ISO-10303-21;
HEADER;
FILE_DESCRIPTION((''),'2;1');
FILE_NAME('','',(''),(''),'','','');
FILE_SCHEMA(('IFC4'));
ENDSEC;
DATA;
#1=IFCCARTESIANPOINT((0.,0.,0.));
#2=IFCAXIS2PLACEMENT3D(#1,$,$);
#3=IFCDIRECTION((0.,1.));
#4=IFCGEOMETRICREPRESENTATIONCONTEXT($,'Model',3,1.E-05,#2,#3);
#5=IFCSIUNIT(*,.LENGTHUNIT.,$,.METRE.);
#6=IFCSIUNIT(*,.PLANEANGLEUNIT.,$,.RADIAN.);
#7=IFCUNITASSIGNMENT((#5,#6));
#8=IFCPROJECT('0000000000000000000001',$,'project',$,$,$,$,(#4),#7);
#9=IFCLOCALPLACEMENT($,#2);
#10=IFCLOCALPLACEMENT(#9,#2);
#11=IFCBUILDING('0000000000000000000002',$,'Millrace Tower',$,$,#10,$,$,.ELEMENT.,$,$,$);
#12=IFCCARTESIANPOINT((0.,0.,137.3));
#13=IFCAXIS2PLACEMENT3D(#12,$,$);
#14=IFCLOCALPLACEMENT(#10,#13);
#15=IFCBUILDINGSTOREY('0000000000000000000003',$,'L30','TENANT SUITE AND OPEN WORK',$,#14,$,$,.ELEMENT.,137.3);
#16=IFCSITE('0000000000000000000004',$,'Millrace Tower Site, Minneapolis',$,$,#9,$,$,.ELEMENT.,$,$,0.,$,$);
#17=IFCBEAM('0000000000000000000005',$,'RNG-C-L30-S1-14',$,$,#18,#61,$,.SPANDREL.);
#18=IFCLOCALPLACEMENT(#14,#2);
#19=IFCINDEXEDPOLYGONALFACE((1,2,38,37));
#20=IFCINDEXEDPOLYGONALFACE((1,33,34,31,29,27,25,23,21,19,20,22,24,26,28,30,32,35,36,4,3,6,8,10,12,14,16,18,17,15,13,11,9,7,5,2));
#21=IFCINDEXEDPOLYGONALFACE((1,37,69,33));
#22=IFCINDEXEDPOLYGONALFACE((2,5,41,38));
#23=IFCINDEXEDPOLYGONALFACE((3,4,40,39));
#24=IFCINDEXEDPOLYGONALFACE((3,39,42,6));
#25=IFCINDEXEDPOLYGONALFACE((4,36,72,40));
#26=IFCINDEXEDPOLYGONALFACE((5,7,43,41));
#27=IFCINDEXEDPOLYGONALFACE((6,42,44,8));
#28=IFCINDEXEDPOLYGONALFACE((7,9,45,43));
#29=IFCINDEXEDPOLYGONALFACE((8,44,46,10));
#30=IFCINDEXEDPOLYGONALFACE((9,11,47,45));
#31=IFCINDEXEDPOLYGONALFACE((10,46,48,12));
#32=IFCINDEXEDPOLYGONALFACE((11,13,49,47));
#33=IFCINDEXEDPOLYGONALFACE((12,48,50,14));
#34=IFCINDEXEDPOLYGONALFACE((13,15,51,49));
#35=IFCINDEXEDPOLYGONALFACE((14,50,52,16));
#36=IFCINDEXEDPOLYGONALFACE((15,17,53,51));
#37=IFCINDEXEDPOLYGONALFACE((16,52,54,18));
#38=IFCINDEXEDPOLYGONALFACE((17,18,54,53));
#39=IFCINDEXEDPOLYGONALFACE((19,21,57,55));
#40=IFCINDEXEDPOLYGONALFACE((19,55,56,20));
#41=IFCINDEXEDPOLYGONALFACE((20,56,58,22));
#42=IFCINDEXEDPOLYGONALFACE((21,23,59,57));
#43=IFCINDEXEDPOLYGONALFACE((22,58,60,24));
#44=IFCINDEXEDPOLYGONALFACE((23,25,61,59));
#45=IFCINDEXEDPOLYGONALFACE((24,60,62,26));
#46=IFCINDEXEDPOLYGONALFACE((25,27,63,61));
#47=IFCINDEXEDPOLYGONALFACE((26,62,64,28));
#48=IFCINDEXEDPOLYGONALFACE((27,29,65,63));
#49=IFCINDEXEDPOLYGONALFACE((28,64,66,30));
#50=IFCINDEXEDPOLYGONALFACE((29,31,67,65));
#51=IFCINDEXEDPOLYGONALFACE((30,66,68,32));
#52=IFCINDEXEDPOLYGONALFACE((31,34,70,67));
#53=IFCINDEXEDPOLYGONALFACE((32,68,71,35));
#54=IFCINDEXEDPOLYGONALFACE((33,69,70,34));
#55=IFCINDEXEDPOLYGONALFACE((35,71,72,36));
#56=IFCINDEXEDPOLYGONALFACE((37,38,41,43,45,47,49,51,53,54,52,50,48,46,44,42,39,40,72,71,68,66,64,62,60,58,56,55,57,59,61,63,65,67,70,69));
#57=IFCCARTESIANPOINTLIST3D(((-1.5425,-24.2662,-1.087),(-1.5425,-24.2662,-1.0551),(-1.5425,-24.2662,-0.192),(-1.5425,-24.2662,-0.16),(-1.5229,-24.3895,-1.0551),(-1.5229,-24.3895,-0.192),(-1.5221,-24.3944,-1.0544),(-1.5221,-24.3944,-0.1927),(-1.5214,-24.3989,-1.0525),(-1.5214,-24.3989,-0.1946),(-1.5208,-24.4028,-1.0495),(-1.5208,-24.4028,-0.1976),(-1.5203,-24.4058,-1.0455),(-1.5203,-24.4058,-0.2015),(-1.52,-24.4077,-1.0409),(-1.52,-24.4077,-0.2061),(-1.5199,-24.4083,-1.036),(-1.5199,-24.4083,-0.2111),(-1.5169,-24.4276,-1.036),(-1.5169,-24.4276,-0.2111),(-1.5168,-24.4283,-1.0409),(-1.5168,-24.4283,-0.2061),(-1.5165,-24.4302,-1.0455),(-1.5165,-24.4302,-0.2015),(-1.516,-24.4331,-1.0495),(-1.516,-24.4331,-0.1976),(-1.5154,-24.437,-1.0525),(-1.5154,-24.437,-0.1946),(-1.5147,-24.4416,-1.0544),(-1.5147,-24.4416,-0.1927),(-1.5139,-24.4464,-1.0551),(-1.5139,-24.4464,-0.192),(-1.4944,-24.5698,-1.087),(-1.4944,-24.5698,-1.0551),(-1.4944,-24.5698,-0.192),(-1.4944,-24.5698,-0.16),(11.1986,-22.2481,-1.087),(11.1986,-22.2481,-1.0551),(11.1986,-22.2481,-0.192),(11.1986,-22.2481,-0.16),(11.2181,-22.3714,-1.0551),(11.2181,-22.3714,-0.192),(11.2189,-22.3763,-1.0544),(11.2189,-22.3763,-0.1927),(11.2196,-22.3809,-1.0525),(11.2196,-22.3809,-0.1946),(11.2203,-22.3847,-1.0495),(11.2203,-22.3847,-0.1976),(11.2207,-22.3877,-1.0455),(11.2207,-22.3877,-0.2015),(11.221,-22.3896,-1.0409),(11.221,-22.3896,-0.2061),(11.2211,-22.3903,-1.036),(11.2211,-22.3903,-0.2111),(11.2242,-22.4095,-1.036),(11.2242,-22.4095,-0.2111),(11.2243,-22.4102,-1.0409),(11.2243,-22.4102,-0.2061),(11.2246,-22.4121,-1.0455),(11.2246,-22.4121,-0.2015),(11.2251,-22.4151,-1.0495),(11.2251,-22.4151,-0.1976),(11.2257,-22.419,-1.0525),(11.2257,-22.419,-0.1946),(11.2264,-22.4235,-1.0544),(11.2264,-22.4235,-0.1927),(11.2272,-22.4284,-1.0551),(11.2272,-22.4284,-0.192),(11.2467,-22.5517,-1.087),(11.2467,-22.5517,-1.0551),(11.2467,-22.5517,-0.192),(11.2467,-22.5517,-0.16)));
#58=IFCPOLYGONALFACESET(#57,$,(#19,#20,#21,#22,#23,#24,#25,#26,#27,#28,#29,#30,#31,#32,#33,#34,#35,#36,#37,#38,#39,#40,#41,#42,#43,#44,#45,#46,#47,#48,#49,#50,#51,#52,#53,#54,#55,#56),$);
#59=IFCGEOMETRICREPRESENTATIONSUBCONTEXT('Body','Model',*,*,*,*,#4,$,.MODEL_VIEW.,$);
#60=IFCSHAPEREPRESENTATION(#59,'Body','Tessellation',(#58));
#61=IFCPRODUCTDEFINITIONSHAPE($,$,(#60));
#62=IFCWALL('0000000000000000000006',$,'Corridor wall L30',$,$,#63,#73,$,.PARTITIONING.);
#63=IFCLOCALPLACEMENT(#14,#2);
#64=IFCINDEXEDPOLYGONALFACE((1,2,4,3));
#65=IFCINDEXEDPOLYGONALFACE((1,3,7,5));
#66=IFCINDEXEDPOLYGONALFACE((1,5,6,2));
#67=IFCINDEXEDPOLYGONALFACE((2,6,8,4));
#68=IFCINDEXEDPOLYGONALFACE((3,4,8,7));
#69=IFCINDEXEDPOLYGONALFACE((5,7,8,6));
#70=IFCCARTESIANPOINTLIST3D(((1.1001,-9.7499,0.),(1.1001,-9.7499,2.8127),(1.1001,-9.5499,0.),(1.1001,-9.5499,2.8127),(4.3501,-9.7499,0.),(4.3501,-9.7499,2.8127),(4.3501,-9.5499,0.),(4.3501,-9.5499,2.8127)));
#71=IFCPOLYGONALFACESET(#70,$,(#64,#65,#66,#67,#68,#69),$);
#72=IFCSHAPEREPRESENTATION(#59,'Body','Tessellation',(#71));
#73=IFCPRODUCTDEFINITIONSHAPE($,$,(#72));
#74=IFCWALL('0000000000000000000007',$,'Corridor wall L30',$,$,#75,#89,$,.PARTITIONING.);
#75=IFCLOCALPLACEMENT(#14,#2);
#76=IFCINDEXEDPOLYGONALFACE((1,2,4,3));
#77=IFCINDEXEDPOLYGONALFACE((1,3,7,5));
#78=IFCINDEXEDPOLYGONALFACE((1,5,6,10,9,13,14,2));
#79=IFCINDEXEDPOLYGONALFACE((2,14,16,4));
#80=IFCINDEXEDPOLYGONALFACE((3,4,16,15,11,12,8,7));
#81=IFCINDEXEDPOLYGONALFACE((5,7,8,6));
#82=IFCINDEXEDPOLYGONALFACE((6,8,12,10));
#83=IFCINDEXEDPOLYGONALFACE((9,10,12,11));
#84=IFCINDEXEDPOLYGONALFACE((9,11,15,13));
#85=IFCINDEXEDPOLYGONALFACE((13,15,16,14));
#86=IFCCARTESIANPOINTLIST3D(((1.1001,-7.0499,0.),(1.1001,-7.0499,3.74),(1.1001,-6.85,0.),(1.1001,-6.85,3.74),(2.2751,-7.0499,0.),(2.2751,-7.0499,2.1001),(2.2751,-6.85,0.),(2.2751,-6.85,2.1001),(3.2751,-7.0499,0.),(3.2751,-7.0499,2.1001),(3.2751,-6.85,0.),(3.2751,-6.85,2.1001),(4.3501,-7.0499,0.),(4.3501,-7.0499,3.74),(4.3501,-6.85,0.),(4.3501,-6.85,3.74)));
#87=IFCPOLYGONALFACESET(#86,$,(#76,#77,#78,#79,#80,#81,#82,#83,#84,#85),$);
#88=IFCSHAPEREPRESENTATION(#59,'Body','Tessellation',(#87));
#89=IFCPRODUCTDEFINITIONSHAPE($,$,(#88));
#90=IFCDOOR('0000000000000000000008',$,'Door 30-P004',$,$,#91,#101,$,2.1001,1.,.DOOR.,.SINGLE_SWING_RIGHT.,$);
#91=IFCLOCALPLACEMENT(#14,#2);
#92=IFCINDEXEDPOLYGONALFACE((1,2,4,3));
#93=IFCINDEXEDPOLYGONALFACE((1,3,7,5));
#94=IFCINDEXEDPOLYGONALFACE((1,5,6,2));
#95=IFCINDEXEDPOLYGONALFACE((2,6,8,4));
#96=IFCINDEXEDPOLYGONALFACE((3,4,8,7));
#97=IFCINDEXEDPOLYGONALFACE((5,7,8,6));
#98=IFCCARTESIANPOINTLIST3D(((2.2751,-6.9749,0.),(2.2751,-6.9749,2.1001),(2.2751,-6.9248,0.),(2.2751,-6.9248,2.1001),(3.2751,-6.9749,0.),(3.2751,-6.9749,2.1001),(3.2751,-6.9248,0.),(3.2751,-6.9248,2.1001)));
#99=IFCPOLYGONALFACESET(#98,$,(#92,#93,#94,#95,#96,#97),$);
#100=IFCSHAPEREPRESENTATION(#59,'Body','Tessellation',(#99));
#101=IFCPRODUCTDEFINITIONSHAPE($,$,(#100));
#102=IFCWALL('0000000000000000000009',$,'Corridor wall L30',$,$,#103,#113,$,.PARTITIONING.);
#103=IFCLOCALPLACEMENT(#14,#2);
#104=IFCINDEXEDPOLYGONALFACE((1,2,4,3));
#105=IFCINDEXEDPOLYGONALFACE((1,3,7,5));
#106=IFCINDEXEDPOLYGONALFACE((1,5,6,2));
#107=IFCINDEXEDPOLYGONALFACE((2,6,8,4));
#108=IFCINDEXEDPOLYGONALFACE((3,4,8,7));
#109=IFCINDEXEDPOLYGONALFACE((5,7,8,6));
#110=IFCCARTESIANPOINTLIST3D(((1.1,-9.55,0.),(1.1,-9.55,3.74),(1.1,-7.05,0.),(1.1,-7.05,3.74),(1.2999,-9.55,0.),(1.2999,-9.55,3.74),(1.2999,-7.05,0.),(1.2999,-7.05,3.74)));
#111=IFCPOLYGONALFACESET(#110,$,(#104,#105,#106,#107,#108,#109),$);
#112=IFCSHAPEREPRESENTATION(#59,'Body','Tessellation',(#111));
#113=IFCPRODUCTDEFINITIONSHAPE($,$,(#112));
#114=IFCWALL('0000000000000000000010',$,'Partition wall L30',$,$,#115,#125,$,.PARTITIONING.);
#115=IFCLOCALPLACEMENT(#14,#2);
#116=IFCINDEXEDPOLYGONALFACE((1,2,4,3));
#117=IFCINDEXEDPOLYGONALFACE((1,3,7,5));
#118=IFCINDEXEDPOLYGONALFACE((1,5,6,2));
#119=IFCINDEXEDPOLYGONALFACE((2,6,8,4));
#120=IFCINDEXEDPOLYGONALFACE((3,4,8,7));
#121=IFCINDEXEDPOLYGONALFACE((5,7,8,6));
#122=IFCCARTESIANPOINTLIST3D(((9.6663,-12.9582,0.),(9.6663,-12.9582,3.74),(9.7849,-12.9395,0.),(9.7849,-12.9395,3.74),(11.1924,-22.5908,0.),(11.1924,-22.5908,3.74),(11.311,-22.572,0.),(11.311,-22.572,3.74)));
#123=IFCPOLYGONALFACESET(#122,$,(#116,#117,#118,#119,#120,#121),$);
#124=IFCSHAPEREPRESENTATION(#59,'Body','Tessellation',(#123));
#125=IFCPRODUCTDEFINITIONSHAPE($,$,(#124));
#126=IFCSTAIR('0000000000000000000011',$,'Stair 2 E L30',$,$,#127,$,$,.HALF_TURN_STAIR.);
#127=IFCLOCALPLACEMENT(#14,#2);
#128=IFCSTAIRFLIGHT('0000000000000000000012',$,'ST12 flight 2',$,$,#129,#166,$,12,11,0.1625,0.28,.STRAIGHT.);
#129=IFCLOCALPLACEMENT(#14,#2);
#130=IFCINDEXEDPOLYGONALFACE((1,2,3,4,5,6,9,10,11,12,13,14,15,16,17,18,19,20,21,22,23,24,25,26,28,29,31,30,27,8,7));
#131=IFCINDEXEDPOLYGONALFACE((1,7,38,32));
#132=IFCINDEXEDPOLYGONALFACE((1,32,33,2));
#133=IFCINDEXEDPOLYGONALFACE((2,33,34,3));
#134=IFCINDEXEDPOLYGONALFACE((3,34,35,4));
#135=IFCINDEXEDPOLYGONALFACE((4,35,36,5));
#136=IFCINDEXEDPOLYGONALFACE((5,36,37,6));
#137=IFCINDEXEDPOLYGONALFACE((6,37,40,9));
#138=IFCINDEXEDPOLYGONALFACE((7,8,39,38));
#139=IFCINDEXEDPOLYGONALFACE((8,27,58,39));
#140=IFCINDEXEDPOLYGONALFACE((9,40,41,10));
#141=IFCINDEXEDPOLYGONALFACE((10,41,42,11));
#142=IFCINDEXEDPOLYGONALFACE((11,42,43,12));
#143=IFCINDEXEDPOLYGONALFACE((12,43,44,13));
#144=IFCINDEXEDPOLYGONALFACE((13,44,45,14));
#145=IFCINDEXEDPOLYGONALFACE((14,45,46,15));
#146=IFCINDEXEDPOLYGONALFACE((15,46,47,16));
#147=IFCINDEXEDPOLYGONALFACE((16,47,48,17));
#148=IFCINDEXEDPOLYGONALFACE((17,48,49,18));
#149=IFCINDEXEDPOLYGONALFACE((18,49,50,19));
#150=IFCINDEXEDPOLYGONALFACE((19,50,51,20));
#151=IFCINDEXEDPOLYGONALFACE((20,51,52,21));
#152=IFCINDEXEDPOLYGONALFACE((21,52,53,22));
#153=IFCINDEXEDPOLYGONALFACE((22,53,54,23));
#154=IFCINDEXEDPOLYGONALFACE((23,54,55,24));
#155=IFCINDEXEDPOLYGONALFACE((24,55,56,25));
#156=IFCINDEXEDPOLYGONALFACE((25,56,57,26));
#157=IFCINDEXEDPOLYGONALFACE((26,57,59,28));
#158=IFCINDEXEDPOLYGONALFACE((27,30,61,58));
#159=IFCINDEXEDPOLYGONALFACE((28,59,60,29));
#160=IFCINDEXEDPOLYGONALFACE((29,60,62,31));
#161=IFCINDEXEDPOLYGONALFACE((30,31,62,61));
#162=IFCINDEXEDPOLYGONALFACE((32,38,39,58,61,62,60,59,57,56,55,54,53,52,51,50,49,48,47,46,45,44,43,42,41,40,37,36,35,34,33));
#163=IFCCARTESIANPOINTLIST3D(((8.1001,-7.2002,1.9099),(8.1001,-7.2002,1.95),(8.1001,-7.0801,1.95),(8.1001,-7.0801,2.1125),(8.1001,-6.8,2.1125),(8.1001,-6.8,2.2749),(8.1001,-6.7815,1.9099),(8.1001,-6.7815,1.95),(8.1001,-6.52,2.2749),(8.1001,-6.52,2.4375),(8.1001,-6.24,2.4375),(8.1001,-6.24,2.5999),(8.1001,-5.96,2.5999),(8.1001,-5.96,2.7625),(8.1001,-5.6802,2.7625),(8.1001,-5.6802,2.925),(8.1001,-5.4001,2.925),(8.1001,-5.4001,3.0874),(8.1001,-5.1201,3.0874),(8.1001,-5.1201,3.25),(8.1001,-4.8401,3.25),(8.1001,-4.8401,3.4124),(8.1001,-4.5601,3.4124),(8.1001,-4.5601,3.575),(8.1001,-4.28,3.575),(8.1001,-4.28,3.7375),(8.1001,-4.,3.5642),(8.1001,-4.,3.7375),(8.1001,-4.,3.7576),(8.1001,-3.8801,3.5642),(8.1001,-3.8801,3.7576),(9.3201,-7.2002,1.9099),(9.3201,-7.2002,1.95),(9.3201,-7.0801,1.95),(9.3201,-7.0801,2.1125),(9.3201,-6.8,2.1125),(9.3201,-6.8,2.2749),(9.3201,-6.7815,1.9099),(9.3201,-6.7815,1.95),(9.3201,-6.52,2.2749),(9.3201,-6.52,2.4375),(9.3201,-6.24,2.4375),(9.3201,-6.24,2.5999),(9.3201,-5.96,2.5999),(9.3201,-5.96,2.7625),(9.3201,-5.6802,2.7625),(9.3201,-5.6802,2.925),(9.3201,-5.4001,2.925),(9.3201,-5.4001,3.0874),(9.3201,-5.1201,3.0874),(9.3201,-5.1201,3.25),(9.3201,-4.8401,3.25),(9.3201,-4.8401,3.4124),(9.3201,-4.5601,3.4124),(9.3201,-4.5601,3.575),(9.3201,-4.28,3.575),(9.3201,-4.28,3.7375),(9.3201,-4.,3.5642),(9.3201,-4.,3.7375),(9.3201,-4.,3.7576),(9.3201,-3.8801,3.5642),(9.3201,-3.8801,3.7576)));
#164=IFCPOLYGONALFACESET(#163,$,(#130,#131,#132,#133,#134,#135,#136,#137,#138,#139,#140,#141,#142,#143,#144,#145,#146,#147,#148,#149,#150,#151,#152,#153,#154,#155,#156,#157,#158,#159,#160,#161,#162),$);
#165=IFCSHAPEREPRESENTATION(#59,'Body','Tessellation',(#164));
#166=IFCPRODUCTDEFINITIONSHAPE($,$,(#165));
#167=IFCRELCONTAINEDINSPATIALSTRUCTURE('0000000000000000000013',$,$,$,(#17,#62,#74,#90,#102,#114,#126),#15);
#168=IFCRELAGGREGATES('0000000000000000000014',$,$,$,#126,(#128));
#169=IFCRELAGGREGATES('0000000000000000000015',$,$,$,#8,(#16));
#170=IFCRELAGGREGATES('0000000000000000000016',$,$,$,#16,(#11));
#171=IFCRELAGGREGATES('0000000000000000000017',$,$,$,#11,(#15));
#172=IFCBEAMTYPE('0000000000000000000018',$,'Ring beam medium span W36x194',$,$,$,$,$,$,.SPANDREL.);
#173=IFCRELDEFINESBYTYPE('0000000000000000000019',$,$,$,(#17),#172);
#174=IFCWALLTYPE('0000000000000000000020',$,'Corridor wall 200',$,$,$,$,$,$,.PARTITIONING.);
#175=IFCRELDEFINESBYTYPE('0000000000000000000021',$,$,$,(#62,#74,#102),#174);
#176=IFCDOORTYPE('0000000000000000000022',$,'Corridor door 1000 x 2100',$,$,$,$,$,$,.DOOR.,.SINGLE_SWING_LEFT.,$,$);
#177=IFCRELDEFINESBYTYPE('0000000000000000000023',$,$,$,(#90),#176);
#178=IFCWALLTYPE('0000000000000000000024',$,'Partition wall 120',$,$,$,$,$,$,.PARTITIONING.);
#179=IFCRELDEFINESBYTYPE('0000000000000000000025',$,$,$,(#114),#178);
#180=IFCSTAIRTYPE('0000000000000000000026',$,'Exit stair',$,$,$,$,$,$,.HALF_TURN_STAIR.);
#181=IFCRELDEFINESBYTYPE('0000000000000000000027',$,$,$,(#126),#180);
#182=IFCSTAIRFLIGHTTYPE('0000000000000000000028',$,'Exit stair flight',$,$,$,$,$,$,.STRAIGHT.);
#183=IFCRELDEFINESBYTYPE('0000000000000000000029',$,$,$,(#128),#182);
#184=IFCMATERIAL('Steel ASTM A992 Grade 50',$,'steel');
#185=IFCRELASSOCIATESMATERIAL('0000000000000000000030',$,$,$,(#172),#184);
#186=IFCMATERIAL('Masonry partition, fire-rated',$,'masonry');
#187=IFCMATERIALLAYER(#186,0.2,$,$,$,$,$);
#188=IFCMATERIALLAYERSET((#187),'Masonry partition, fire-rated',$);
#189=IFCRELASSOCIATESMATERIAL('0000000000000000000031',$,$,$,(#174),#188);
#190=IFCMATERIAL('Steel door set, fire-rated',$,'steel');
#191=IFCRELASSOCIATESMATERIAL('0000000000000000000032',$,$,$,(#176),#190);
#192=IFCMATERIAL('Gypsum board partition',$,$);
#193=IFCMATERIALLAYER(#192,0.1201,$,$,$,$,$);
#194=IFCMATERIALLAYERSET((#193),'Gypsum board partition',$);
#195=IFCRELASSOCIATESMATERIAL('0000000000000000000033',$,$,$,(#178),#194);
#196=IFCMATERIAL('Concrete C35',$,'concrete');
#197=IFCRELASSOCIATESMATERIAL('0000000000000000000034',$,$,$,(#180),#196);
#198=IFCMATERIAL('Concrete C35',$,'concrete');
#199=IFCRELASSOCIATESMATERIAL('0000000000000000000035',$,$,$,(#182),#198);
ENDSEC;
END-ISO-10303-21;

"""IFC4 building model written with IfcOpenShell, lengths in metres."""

from ifc_helpers import new_model, si_unit, direction, frame, frame_2d, origin, origin_2d, place, context, subcontext, project, spatial, polyline, rectangle, i_section, outline, extrude, material, layer, layer_set, material_profile, profile_set, type_object, element, fill, aggregate, save


model = new_model("IFC4")

# Units and contexts
model_context = context("Model", 3, precision=1e-05, world=origin(), true_north=direction((0.0, 1.0)))
body_context = subcontext(model_context, "Body", "Model", "MODEL_VIEW")
ifc_project = project(units=[si_unit("LENGTHUNIT", "METRE"), si_unit("PLANEANGLEUNIT", "RADIAN")], contexts=[model_context])

# Site, building, storey
site_placement = place(None, origin())
site = spatial("IfcSite", under=ifc_project, at=site_placement, Name="Millrace Tower Site, Minneapolis", CompositionType="ELEMENT", RefElevation=0.0)
building_placement = place(site_placement, origin())
building = spatial("IfcBuilding", under=site, at=building_placement, Name="Millrace Tower", CompositionType="ELEMENT")
storey_placement = place(building_placement, frame((0.0, 0.0, 137.3)))
storey = spatial("IfcBuildingStorey", under=building, at=storey_placement, Name="L30", Description="TENANT SUITE AND OPEN WORK", CompositionType="ELEMENT", Elevation=137.3)

# Shared definitions
placement = place(storey_placement, origin())

# Beam
ifc_material_1 = material(Name="Steel ASTM A992 Grade 50", Category="steel")
ifc_material_profile_1 = material_profile(ifc_material_1, i_section(OverallWidth=0.3074, OverallDepth=0.927, WebThickness=0.0195, FlangeThickness=0.032, FilletRadius=0.019, at=origin_2d()))
ifc_profile_set_1 = profile_set([ifc_material_profile_1], Name="Steel ASTM A992 Grade 50")
beam_type_1 = type_object("IfcBeamType", Name="Ring beam medium span W36x194", PredefinedType="SPANDREL", material=ifc_profile_set_1)
beam_1_placement = place(storey_placement, frame((11.2227, -22.3999, -0.6235), z_axis=(-0.987687, -0.156442, 0.0), x_axis=(0.156442, -0.987687, 0.0)))
element("IfcBeam", 1, at=beam_1_placement, inside=storey, type_object=beam_type_1, Name="RNG-C-L30-S1-14", PredefinedType="SPANDREL", context=body_context, shape_type="SweptSolid", body=[
    extrude(i_section(OverallWidth=0.3074, OverallDepth=0.927, WebThickness=0.0195, FlangeThickness=0.032, FilletRadius=0.019, at=origin_2d()), origin(), (0.0, 0.0, 1.0), 12.8999),
])

# Wall
ifc_material_2 = material(Name="Masonry partition, fire-rated", Category="masonry")
ifc_layer_1 = layer(ifc_material_2, 0.2)
ifc_layer_set_1 = layer_set([ifc_layer_1], Name="Masonry partition, fire-rated")
wall_type_1 = type_object("IfcWallType", Name="Corridor wall 200", PredefinedType="PARTITIONING", material=ifc_layer_set_1)
wall_1_placement = place(storey_placement, frame((1.1001, -9.6499, 0.0), z_axis=(0.0, 0.0, 1.0), x_axis=(1.0, 0.0, 0.0)))
element("IfcWall", 2, at=wall_1_placement, inside=storey, type_object=wall_type_1, Name="Corridor wall L30", PredefinedType="PARTITIONING", context=body_context, shape_type="SweptSolid", body=[
    extrude(rectangle(XDim=3.25, YDim=0.2, at=frame_2d((1.625, 0.0))), origin(), (0.0, 0.0, 1.0), 2.8127),
])

# Wall, opening, door
wall_2_placement = place(storey_placement, frame((1.1001, -6.95, 0.0), z_axis=(0.0, 0.0, 1.0), x_axis=(1.0, 0.0, 0.0)))
wall_2 = element("IfcWall", 3, at=wall_2_placement, inside=storey, type_object=wall_type_1, Name="Corridor wall L30", PredefinedType="PARTITIONING", context=body_context, shape_type="SweptSolid", body=[
    extrude(rectangle(XDim=3.25, YDim=0.2, at=frame_2d((1.625, 0.0))), origin(), (0.0, 0.0, 1.0), 3.74),
])
opening_placement = place(wall_2_placement, frame((1.175, 0.0, 0.0)))
opening = element("IfcOpeningElement", 4, at=opening_placement, cuts=wall_2, PredefinedType="OPENING", context=body_context, shape_type="SweptSolid", body=[
    extrude(rectangle(XDim=1.0, YDim=2.1001, at=frame_2d((0.5, 1.05))), frame((0.0, 0.1099, 0.0), z_axis=(0.0, -1.0, 0.0), x_axis=(1.0, 0.0, 0.0)), (0.0, 0.0, 1.0), 0.22),
])
ifc_material_3 = material(Name="Steel door set, fire-rated", Category="steel")
door_type = type_object("IfcDoorType", Name="Corridor door 1000 x 2100", OperationType="SINGLE_SWING_LEFT", PredefinedType="DOOR", material=ifc_material_3)
door_placement = place(opening_placement, frame((1.0, 0.0, 0.0), z_axis=(0.0, 0.0, 1.0), x_axis=(-1.0, 0.0, 0.0)))
door = element("IfcDoor", 5, at=door_placement, inside=storey, type_object=door_type, Name="Door 30-P004", OperationType="SINGLE_SWING_RIGHT", OverallHeight=2.1001, OverallWidth=1.0, PredefinedType="DOOR", context=body_context, shape_type="SweptSolid", body=[
    extrude(rectangle(XDim=1.0, YDim=2.1001, at=frame_2d((0.5, 1.05))), frame((0.0, 0.0249, 0.0), z_axis=(0.0, -1.0, 0.0), x_axis=(1.0, 0.0, 0.0)), (0.0, 0.0, 1.0), 0.05),
])
fill(opening, door)

# Walls
wall_3_placement = place(storey_placement, frame((1.2, -9.55, 0.0), z_axis=(0.0, 0.0, 1.0), x_axis=(0.0, 1.0, 0.0)))
element("IfcWall", 6, at=wall_3_placement, inside=storey, type_object=wall_type_1, Name="Corridor wall L30", PredefinedType="PARTITIONING", context=body_context, shape_type="SweptSolid", body=[
    extrude(rectangle(XDim=2.5, YDim=0.2, at=frame_2d((1.25, 0.0))), origin(), (0.0, 0.0, 1.0), 3.74),
])
ifc_material_4 = material(Name="Gypsum board partition")
ifc_layer_2 = layer(ifc_material_4, 0.1201)
ifc_layer_set_2 = layer_set([ifc_layer_2], Name="Gypsum board partition")
wall_type_2 = type_object("IfcWallType", Name="Partition wall 120", PredefinedType="PARTITIONING", material=ifc_layer_set_2)
wall_4_placement = place(storey_placement, frame((9.7256, -12.9487, 0.0), z_axis=(0.0, 0.0, 1.0), x_axis=(0.156482, -0.987681, 0.0)))
element("IfcWall", 7, at=wall_4_placement, inside=storey, type_object=wall_type_2, Name="Partition wall L30", PredefinedType="PARTITIONING", context=body_context, shape_type="SweptSolid", body=[
    extrude(rectangle(XDim=9.7527, YDim=0.1201, at=frame_2d((4.8765, 0.0))), origin(), (0.0, 0.0, 1.0), 3.74),
])

# Stair, stair flight
ifc_material_5 = material(Name="Concrete C35", Category="concrete")
stair_type = type_object("IfcStairType", Name="Exit stair", PredefinedType="HALF_TURN_STAIR", material=ifc_material_5)
stair_1 = element("IfcStair", 8, at=placement, inside=storey, type_object=stair_type, Name="Stair 2 E L30", PredefinedType="HALF_TURN_STAIR")
ifc_material_6 = material(Name="Concrete C35", Category="concrete")
stair_flight_type = type_object("IfcStairFlightType", Name="Exit stair flight", PredefinedType="STRAIGHT", material=ifc_material_6)
stair_flight_1_placement = place(storey_placement, frame((8.71, -7.0801, 1.95), z_axis=(0.0, 0.0, 1.0), x_axis=(0.0, 1.0, 0.0)))
stair_flight_1 = element("IfcStairFlight", 9, at=stair_flight_1_placement, type_object=stair_flight_type, Name="ST12 flight 2", NumberOfRisers=12, NumberOfTreads=11, PredefinedType="STRAIGHT", RiserHeight=0.1625, TreadLength=0.28, context=body_context, shape_type="SweptSolid", body=[
    extrude(outline(polyline([(-0.1201, -0.04), (-0.1201, 0.0), (0.0, 0.0), (0.0, 0.1626), (0.28, 0.1626), (0.28, 0.325), (0.5601, 0.325), (0.5601, 0.4875), (0.8401, 0.4875), (0.8401, 0.6499), (1.1201, 0.6499), (1.1201, 0.8125), (1.3999, 0.8125), (1.3999, 0.9751), (1.6799, 0.9751), (1.6799, 1.1375), (1.96, 1.1375), (1.96, 1.3), (2.24, 1.3), (2.24, 1.4624), (2.52, 1.4624), (2.52, 1.625), (2.8, 1.625), (2.8, 1.7876), (3.0801, 1.7876), (3.0801, 1.8076), (3.2, 1.8076), (3.2, 1.6143), (3.0801, 1.6143), (0.2986, 0.0), (0.2986, -0.04), (-0.1201, -0.04)])), frame((0.0, 0.6099, 0.0), z_axis=(0.0, -1.0, 0.0), x_axis=(1.0, 0.0, 0.0)), (0.0, 0.0, 1.0), 1.22),
])
aggregate(stair_1, [stair_flight_1])

save(model, "model.ifc")
